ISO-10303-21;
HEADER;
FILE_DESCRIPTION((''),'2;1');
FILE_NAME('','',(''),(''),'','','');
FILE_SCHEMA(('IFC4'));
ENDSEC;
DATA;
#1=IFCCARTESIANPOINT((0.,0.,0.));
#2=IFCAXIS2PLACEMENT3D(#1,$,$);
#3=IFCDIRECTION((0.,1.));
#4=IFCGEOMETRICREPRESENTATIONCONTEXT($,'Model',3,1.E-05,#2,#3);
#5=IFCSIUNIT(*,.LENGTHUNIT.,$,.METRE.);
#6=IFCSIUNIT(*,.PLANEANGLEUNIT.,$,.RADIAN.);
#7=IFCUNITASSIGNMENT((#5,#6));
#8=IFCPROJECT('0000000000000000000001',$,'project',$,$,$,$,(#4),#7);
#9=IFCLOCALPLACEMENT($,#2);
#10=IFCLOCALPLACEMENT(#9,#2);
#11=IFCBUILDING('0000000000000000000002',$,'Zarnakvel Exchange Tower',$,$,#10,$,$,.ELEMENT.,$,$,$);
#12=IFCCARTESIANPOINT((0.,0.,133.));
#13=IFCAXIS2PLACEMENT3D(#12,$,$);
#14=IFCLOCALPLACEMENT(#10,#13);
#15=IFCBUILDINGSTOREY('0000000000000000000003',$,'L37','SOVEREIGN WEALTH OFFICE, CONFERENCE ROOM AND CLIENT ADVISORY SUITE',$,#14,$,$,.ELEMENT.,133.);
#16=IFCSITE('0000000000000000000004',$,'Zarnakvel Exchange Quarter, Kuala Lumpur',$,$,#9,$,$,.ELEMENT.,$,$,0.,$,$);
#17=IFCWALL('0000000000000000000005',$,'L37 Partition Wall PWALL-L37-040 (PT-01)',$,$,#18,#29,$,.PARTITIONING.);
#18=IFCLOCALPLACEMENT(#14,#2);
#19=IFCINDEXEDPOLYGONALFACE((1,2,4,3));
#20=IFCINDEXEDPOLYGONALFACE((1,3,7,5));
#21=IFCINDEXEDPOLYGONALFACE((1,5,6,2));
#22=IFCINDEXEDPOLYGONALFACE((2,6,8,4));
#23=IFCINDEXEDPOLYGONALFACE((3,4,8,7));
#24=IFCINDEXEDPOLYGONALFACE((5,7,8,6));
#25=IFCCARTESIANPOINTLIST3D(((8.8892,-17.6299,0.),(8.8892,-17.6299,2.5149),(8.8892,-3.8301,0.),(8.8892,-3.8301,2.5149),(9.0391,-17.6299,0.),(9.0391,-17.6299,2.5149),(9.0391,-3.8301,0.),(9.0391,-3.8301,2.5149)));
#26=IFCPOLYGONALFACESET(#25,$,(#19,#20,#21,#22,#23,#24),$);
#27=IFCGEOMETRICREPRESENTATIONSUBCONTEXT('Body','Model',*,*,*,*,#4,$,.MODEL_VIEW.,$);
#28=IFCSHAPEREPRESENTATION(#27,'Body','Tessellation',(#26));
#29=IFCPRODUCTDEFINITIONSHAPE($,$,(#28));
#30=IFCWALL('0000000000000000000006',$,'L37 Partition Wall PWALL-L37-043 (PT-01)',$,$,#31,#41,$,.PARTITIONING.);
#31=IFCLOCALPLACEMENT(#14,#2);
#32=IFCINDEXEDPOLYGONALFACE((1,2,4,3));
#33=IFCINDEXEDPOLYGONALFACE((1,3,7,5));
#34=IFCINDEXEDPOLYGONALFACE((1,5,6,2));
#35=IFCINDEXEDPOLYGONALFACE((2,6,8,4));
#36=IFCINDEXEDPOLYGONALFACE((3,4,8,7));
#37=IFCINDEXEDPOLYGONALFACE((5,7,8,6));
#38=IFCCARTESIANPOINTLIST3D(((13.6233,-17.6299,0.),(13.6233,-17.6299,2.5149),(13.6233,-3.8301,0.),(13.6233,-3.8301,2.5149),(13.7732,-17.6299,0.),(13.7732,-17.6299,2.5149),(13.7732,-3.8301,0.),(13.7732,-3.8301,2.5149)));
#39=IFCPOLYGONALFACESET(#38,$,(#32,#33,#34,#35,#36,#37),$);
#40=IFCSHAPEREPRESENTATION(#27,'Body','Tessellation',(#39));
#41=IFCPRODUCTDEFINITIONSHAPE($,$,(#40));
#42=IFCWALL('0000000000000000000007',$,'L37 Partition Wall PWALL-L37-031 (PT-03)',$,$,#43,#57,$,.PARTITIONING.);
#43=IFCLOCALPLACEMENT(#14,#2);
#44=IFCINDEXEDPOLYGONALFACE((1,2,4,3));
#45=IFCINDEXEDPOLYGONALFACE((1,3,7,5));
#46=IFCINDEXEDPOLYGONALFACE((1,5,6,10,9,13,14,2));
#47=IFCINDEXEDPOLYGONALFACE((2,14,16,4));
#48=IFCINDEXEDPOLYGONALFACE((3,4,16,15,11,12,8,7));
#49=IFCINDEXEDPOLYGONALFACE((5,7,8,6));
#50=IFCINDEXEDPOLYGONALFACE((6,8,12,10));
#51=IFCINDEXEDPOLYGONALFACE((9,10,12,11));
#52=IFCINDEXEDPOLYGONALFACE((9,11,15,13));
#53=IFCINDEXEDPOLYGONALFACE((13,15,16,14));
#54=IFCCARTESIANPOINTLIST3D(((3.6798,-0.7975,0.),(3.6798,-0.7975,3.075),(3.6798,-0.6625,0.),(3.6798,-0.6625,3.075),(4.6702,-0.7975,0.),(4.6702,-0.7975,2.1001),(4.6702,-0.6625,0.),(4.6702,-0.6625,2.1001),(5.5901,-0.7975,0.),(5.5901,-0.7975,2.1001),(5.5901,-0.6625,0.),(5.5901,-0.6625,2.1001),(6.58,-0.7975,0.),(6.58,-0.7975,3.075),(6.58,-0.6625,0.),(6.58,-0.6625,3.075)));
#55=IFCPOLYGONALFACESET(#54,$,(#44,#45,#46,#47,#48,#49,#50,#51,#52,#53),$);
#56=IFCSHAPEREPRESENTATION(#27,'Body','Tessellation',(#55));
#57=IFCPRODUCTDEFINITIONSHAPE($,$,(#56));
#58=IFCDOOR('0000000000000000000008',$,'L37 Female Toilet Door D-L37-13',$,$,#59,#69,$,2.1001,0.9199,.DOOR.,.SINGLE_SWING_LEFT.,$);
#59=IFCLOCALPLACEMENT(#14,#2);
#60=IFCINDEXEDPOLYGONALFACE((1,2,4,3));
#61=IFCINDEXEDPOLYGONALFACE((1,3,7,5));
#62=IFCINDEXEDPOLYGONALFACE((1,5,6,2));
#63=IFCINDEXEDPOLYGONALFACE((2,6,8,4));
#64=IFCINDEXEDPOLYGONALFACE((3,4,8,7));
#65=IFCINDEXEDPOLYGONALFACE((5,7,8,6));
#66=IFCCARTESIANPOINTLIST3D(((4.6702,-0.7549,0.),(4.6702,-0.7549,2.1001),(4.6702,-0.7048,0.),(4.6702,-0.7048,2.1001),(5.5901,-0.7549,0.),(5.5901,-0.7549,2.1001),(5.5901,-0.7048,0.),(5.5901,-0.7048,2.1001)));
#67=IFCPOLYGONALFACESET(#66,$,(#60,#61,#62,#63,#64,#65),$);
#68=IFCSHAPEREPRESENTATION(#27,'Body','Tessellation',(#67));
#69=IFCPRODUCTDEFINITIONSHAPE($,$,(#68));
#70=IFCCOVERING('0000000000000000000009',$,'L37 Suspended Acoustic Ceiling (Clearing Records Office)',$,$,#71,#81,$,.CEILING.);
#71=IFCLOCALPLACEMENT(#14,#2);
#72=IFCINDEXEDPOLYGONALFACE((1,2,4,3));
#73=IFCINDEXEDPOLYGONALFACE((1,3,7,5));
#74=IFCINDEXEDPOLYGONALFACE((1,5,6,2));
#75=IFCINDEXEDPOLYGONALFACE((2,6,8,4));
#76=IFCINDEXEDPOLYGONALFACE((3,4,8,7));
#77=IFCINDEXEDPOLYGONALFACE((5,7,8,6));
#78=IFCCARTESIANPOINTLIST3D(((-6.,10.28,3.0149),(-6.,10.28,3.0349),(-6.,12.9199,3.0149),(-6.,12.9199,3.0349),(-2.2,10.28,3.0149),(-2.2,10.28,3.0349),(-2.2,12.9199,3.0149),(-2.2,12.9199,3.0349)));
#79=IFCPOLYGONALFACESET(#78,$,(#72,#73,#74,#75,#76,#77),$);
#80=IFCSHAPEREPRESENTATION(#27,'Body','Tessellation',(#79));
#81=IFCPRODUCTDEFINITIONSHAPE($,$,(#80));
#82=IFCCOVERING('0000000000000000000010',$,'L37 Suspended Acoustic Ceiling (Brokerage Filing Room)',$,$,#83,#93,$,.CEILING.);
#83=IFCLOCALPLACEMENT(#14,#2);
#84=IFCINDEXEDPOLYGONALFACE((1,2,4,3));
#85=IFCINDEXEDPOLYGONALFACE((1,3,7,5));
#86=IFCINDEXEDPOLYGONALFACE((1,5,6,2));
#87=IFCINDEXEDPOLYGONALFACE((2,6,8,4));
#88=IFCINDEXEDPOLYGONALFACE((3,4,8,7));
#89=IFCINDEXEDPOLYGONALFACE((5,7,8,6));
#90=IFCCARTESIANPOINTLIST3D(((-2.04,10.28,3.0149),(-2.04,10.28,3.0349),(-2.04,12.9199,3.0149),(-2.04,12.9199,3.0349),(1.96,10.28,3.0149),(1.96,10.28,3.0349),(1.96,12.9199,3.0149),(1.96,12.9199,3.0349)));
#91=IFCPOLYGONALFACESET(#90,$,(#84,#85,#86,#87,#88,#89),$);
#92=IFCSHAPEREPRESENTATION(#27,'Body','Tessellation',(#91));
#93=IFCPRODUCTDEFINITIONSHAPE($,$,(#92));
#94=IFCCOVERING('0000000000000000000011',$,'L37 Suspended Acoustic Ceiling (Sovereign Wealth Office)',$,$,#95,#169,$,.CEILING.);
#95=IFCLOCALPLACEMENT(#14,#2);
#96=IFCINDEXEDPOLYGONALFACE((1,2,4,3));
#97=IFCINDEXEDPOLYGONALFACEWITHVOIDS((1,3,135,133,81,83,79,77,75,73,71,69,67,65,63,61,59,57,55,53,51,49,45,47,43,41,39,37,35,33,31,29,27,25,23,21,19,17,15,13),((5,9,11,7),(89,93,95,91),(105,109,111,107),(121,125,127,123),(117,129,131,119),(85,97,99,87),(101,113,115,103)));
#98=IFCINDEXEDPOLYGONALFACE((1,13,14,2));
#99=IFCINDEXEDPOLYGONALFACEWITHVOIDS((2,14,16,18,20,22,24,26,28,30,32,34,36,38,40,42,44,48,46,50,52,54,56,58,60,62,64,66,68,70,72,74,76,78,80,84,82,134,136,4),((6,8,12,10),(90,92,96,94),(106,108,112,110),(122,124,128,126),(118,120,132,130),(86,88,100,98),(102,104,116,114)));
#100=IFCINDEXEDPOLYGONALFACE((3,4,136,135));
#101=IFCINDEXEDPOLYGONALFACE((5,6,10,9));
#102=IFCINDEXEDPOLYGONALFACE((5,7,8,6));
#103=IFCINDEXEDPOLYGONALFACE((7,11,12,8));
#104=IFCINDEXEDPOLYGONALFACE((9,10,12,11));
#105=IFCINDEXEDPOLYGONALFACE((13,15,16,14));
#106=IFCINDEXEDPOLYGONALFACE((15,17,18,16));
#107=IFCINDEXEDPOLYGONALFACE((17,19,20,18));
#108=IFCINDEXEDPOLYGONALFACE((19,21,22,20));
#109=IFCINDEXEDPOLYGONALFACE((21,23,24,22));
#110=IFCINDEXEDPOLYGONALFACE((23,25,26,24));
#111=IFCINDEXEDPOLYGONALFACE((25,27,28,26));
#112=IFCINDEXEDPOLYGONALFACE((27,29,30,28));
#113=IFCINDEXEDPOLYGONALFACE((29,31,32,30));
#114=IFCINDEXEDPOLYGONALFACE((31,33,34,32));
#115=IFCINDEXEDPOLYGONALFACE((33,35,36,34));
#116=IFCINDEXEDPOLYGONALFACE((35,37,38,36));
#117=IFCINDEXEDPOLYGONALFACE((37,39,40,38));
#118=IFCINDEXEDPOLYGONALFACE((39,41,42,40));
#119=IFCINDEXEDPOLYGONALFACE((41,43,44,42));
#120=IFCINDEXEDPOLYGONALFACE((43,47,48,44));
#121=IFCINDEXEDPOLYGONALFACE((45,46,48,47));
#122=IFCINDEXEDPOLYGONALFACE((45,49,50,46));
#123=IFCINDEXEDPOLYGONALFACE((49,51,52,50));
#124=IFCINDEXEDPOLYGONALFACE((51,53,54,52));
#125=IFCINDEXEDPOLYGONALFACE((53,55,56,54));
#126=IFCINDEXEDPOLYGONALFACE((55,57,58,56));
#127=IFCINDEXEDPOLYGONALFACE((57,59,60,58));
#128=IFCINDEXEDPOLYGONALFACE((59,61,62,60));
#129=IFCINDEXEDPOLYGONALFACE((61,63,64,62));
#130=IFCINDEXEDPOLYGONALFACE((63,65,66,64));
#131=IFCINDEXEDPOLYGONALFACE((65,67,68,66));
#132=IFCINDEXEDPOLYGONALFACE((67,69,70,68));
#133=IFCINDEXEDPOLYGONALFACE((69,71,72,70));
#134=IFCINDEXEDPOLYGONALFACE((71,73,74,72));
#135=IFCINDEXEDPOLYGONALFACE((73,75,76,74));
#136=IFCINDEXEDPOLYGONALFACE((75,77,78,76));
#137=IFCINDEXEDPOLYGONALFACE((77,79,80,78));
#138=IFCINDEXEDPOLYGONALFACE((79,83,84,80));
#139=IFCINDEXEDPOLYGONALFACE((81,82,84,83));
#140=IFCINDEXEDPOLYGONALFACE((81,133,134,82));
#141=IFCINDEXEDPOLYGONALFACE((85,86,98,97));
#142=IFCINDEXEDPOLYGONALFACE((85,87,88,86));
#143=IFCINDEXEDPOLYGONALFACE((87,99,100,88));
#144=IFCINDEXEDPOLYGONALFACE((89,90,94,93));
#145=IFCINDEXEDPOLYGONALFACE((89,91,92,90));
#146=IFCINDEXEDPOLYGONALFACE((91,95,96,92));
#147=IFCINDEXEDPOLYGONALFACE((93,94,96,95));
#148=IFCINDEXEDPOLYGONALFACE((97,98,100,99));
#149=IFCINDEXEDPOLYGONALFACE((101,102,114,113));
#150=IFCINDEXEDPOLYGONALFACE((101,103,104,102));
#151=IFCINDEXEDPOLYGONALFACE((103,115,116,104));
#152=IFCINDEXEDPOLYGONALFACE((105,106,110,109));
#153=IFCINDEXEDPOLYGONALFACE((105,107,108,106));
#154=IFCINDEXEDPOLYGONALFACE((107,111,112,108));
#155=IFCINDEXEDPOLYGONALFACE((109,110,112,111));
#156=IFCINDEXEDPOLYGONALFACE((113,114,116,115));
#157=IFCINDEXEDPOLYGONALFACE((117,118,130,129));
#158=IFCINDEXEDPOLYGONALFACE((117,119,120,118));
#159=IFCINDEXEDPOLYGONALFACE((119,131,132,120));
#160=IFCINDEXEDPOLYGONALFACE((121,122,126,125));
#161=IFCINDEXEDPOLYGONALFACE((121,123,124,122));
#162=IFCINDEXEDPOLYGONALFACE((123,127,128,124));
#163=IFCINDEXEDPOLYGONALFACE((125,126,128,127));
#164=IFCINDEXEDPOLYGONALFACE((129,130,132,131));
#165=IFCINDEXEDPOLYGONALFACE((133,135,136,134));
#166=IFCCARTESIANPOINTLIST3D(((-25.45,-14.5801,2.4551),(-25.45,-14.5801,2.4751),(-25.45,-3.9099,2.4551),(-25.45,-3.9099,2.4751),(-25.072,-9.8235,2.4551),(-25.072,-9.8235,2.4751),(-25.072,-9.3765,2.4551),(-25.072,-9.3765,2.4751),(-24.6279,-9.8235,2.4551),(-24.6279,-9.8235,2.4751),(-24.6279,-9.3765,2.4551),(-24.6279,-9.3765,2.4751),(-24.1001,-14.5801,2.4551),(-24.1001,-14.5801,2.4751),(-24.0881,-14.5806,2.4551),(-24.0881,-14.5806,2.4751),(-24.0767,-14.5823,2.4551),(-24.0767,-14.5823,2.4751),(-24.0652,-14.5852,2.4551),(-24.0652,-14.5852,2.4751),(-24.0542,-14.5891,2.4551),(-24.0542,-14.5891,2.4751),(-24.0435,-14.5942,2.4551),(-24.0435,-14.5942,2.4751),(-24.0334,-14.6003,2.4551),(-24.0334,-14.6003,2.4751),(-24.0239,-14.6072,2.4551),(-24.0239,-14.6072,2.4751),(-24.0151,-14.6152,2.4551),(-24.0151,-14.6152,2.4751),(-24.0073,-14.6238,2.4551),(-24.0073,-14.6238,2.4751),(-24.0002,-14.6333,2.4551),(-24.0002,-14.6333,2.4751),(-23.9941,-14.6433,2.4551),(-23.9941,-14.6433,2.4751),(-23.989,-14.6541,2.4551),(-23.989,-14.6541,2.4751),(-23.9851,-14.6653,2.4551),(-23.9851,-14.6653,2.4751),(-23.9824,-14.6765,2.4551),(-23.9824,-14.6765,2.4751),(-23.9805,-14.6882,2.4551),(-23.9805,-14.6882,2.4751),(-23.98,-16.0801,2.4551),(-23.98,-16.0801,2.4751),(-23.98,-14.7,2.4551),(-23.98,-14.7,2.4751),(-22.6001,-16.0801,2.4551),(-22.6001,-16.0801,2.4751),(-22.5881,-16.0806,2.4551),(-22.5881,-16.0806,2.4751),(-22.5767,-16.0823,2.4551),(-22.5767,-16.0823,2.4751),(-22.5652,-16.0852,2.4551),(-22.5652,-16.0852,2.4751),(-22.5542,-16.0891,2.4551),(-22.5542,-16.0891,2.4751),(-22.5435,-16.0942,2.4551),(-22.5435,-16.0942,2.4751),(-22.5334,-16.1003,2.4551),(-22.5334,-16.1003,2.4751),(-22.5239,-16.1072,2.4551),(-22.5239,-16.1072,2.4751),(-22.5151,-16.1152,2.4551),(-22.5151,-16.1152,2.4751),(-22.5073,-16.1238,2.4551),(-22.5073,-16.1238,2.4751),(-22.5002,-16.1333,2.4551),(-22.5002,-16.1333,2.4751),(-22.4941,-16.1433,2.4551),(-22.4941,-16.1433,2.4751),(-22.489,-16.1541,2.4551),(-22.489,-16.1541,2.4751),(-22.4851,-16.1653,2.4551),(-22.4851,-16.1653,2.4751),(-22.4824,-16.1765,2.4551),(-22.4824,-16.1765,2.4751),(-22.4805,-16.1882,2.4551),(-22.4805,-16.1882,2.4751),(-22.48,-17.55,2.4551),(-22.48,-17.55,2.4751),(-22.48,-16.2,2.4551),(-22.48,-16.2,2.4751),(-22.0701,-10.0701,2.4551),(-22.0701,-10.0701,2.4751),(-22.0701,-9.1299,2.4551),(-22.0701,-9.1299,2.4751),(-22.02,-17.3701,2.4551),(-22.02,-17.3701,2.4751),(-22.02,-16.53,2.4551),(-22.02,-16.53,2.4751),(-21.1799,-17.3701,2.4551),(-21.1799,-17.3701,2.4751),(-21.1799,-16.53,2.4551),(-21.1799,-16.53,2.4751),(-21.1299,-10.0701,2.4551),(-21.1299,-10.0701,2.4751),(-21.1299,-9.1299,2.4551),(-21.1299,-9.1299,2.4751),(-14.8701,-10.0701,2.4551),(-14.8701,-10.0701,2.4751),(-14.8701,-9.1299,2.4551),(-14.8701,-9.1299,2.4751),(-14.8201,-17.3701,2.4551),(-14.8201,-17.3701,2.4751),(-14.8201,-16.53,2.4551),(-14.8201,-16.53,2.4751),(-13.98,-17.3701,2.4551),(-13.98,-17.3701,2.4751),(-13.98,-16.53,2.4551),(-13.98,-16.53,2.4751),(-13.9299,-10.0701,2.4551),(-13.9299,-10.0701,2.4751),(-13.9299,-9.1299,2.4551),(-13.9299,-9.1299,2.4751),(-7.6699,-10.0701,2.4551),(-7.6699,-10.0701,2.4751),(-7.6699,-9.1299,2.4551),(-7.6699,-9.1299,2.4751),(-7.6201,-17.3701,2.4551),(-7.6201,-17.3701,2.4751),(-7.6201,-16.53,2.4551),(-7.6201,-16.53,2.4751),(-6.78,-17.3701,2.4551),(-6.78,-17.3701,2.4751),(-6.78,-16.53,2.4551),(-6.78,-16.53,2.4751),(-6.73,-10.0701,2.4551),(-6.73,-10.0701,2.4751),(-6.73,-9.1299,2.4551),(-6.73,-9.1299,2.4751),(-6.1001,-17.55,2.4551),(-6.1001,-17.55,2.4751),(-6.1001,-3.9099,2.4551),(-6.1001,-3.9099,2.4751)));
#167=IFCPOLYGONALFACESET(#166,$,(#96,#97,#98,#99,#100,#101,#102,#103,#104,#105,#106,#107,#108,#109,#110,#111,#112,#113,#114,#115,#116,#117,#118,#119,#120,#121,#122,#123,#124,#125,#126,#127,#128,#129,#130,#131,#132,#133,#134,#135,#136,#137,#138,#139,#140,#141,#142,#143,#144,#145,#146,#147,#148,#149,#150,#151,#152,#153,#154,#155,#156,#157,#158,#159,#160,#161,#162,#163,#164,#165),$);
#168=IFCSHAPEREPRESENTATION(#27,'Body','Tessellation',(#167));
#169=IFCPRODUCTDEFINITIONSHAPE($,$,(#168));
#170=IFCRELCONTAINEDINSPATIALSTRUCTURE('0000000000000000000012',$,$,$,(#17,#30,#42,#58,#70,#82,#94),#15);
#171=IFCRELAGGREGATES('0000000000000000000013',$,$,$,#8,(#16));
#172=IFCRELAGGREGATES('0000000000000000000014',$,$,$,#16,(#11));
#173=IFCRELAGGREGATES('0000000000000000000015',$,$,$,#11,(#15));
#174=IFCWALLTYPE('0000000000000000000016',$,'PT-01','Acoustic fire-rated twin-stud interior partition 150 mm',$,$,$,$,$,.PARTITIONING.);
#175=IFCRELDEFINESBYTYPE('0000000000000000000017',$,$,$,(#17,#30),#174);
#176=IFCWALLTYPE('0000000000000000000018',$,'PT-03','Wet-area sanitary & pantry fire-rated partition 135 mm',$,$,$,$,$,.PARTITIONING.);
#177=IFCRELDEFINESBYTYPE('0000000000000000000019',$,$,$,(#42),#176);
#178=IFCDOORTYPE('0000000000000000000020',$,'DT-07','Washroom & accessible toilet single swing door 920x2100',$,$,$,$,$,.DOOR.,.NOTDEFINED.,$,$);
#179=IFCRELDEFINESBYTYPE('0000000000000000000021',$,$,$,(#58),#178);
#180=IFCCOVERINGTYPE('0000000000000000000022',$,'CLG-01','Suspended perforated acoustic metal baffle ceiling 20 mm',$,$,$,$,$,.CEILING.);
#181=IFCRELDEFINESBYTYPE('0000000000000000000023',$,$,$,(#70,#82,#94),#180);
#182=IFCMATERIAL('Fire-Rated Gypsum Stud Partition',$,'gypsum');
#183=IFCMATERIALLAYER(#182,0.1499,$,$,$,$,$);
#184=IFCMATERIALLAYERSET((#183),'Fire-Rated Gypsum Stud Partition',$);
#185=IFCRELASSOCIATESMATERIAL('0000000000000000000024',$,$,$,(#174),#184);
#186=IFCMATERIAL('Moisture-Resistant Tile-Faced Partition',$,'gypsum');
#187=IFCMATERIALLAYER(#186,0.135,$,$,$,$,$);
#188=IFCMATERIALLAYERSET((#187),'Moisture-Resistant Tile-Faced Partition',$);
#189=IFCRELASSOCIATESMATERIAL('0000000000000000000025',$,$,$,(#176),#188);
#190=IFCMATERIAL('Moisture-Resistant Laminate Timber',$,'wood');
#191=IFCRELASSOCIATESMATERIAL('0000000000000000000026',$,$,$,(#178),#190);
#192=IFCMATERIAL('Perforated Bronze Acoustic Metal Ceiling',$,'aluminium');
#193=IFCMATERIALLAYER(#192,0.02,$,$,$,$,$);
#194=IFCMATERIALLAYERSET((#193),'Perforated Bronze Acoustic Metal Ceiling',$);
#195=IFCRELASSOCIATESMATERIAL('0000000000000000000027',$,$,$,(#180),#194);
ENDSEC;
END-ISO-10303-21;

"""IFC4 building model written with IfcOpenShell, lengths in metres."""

from ifc_helpers import new_model, si_unit, direction, frame, frame_2d, origin, place, context, subcontext, project, spatial, polyline, rectangle, outline, extrude, source, transform, mapped, material, layer, layer_set, type_object, element, fill, save


model = new_model("IFC4")

# Units and contexts
model_context = context("Model", 3, precision=1e-05, world=origin(), true_north=direction((0.0, 1.0)))
body_context = subcontext(model_context, "Body", "Model", "MODEL_VIEW")
ifc_project = project(units=[si_unit("LENGTHUNIT", "METRE"), si_unit("PLANEANGLEUNIT", "RADIAN")], contexts=[model_context])

# Site, building, storey
site_placement = place(None, origin())
site = spatial("IfcSite", under=ifc_project, at=site_placement, Name="Zarnakvel Exchange Quarter, Kuala Lumpur", CompositionType="ELEMENT", RefElevation=0.0)
building_placement = place(site_placement, origin())
building = spatial("IfcBuilding", under=site, at=building_placement, Name="Zarnakvel Exchange Tower", CompositionType="ELEMENT")
storey_placement = place(building_placement, frame((0.0, 0.0, 133.0)))
storey = spatial("IfcBuildingStorey", under=building, at=storey_placement, Name="L37", Description="SOVEREIGN WEALTH OFFICE, CONFERENCE ROOM AND CLIENT ADVISORY SUITE", CompositionType="ELEMENT", Elevation=133.0)

# Shared definitions
ifc_material_1 = material(Name="Fire-Rated Gypsum Stud Partition", Category="gypsum")
ifc_layer_1 = layer(ifc_material_1, 0.1499)
ifc_layer_set_1 = layer_set([ifc_layer_1], Name="Fire-Rated Gypsum Stud Partition")
wall_type_1 = type_object("IfcWallType", Name="PT-01", Description="Acoustic fire-rated twin-stud interior partition 150 mm", PredefinedType="PARTITIONING", material=ifc_layer_set_1)

# Wall
wall_1_placement = place(storey_placement, frame((8.9641, -3.8301, 0.0), z_axis=(0.0, 0.0, 1.0), x_axis=(0.0, -1.0, 0.0)))
element("IfcWall", 1, at=wall_1_placement, inside=storey, type_object=wall_type_1, Name="L37 Partition Wall PWALL-L37-040 (PT-01)", PredefinedType="PARTITIONING", context=body_context, shape_type="SweptSolid", body=[
    extrude(rectangle(XDim=13.7998, YDim=0.1499, at=frame_2d((6.8999, 0.0))), origin(), (0.0, 0.0, 1.0), 2.5149),
])

# Wall
wall_2_placement = place(storey_placement, frame((13.6982, -3.8301, 0.0), z_axis=(0.0, 0.0, 1.0), x_axis=(0.0, -1.0, 0.0)))
element("IfcWall", 2, at=wall_2_placement, inside=storey, type_object=wall_type_1, Name="L37 Partition Wall PWALL-L37-043 (PT-01)", PredefinedType="PARTITIONING", context=body_context, shape_type="SweptSolid", body=[
    extrude(rectangle(XDim=13.7998, YDim=0.1499, at=frame_2d((6.8999, 0.0))), origin(), (0.0, 0.0, 1.0), 2.5149),
])

# Wall, opening, door
ifc_material_2 = material(Name="Moisture-Resistant Tile-Faced Partition", Category="gypsum")
ifc_layer_2 = layer(ifc_material_2, 0.135)
ifc_layer_set_2 = layer_set([ifc_layer_2], Name="Moisture-Resistant Tile-Faced Partition")
wall_type_2 = type_object("IfcWallType", Name="PT-03", Description="Wet-area sanitary & pantry fire-rated partition 135 mm", PredefinedType="PARTITIONING", material=ifc_layer_set_2)
wall_3_placement = place(storey_placement, frame((6.5801, -0.73, 0.0), z_axis=(0.0, 0.0, 1.0), x_axis=(-1.0, 0.0, 0.0)))
wall_3 = element("IfcWall", 3, at=wall_3_placement, inside=storey, type_object=wall_type_2, Name="L37 Partition Wall PWALL-L37-031 (PT-03)", PredefinedType="PARTITIONING", context=body_context, shape_type="SweptSolid", body=[
    extrude(rectangle(XDim=2.9001, YDim=0.135, at=frame_2d((1.4502, 0.0))), origin(), (0.0, 0.0, 1.0), 3.075),
])
opening_1_placement = place(wall_3_placement, frame((0.99, 0.0, 0.0)))
opening_1 = element("IfcOpeningElement", 4, at=opening_1_placement, cuts=wall_3, PredefinedType="OPENING", context=body_context, shape_type="SweptSolid", body=[
    extrude(rectangle(XDim=0.9199, YDim=2.1001, at=frame_2d((0.46, 1.05))), frame((0.0, 0.0774, 0.0), z_axis=(0.0, -1.0, 0.0), x_axis=(1.0, 0.0, 0.0)), (0.0, 0.0, 1.0), 0.155),
])
ifc_material_3 = material(Name="Moisture-Resistant Laminate Timber", Category="wood")
door_type_1 = type_object("IfcDoorType", Name="DT-07", Description="Washroom & accessible toilet single swing door 920x2100", OperationType="NOTDEFINED", PredefinedType="DOOR", material=ifc_material_3)
shared_shape_1 = source(origin(), body_context, "Body", "SweptSolid", [
    extrude(rectangle(XDim=0.9199, YDim=2.1001, at=frame_2d((0.46, 1.05))), frame((0.0, 0.0249, 0.0), z_axis=(0.0, -1.0, 0.0), x_axis=(1.0, 0.0, 0.0)), (0.0, 0.0, 1.0), 0.05),
])
door_1_placement = place(opening_1_placement, origin())
door_1 = element("IfcDoor", 5, at=door_1_placement, inside=storey, type_object=door_type_1, Name="L37 Female Toilet Door D-L37-13", OperationType="SINGLE_SWING_LEFT", OverallHeight=2.1001, OverallWidth=0.9199, PredefinedType="DOOR", context=body_context, shape_type="MappedRepresentation", body=[
    mapped(shared_shape_1, transform((0.0, 0.0, 0.0), x_axis=(1.0, 0.0, 0.0), y_axis=(0.0, 1.0, 0.0), z_axis=(0.0, 0.0, 1.0), scale=1.0)),
])
fill(opening_1, door_1)

# Coverings
ifc_material_4 = material(Name="Perforated Bronze Acoustic Metal Ceiling", Category="aluminium")
ifc_layer_3 = layer(ifc_material_4, 0.02)
ifc_layer_set_3 = layer_set([ifc_layer_3], Name="Perforated Bronze Acoustic Metal Ceiling")
covering_type_1 = type_object("IfcCoveringType", Name="CLG-01", Description="Suspended perforated acoustic metal baffle ceiling 20 mm", PredefinedType="CEILING", material=ifc_layer_set_3)
covering_1_placement = place(storey_placement, frame((0.0, 0.0, 3.0149)))
element("IfcCovering", 6, at=covering_1_placement, inside=storey, type_object=covering_type_1, Name="L37 Suspended Acoustic Ceiling (Clearing Records Office)", PredefinedType="CEILING", context=body_context, shape_type="SweptSolid", body=[
    extrude(outline(polyline([(-6.0, 12.9199), (-2.2, 12.9199), (-2.2, 10.28), (-6.0, 10.28), (-6.0, 12.9199)])), origin(), (0.0, 0.0, 1.0), 0.02),
])
covering_2_placement = place(storey_placement, frame((0.0, 0.0, 3.0149)))
element("IfcCovering", 7, at=covering_2_placement, inside=storey, type_object=covering_type_1, Name="L37 Suspended Acoustic Ceiling (Brokerage Filing Room)", PredefinedType="CEILING", context=body_context, shape_type="SweptSolid", body=[
    extrude(outline(polyline([(-2.04, 12.9199), (1.96, 12.9199), (1.96, 10.28), (-2.04, 10.28), (-2.04, 12.9199)])), origin(), (0.0, 0.0, 1.0), 0.02),
])
covering_3_placement = place(storey_placement, frame((0.0, 0.0, 2.4551)))
element("IfcCovering", 8, at=covering_3_placement, inside=storey, type_object=covering_type_1, Name="L37 Suspended Acoustic Ceiling (Sovereign Wealth Office)", PredefinedType="CEILING", context=body_context, shape_type="SweptSolid", body=[
    extrude(outline(polyline([(-6.1001, -3.9099), (-6.1001, -17.55), (-22.48, -17.55), (-22.48, -16.2), (-22.4805, -16.1882), (-22.4824, -16.1765), (-22.4851, -16.1653), (-22.489, -16.1541), (-22.4941, -16.1433), (-22.5002, -16.1333), (-22.5073, -16.1238), (-22.5151, -16.1152), (-22.5239, -16.1072), (-22.5334, -16.1003), (-22.5435, -16.0942), (-22.5542, -16.0891), (-22.5652, -16.0852), (-22.5767, -16.0823), (-22.5881, -16.0806), (-22.6001, -16.0801), (-23.98, -16.0801), (-23.98, -14.7), (-23.9805, -14.6882), (-23.9824, -14.6765), (-23.9851, -14.6653), (-23.989, -14.6541), (-23.9941, -14.6433), (-24.0002, -14.6333), (-24.0073, -14.6238), (-24.0151, -14.6152), (-24.0239, -14.6072), (-24.0334, -14.6003), (-24.0435, -14.5942), (-24.0542, -14.5891), (-24.0652, -14.5852), (-24.0767, -14.5823), (-24.0881, -14.5806), (-24.1001, -14.5801), (-25.45, -14.5801), (-25.45, -3.9099), (-6.1001, -3.9099)]), holes=[polyline([(-7.6699, -10.0701), (-6.73, -10.0701), (-6.73, -9.1299), (-7.6699, -9.1299), (-7.6699, -10.0701)]), polyline([(-6.78, -17.3701), (-6.78, -16.53), (-7.6201, -16.53), (-7.6201, -17.3701), (-6.78, -17.3701)]), polyline([(-13.9299, -10.0701), (-13.9299, -9.1299), (-14.8701, -9.1299), (-14.8701, -10.0701), (-13.9299, -10.0701)]), polyline([(-13.98, -17.3701), (-13.98, -16.53), (-14.8201, -16.53), (-14.8201, -17.3701), (-13.98, -17.3701)]), polyline([(-21.1299, -10.0701), (-21.1299, -9.1299), (-22.0701, -9.1299), (-22.0701, -10.0701), (-21.1299, -10.0701)]), polyline([(-21.1799, -17.3701), (-21.1799, -16.53), (-22.02, -16.53), (-22.02, -17.3701), (-21.1799, -17.3701)]), polyline([(-25.072, -9.8235), (-24.6279, -9.8235), (-24.6279, -9.3765), (-25.072, -9.3765), (-25.072, -9.8235)])]), origin(), (0.0, 0.0, 1.0), 0.02),
])

save(model, "model.ifc")
